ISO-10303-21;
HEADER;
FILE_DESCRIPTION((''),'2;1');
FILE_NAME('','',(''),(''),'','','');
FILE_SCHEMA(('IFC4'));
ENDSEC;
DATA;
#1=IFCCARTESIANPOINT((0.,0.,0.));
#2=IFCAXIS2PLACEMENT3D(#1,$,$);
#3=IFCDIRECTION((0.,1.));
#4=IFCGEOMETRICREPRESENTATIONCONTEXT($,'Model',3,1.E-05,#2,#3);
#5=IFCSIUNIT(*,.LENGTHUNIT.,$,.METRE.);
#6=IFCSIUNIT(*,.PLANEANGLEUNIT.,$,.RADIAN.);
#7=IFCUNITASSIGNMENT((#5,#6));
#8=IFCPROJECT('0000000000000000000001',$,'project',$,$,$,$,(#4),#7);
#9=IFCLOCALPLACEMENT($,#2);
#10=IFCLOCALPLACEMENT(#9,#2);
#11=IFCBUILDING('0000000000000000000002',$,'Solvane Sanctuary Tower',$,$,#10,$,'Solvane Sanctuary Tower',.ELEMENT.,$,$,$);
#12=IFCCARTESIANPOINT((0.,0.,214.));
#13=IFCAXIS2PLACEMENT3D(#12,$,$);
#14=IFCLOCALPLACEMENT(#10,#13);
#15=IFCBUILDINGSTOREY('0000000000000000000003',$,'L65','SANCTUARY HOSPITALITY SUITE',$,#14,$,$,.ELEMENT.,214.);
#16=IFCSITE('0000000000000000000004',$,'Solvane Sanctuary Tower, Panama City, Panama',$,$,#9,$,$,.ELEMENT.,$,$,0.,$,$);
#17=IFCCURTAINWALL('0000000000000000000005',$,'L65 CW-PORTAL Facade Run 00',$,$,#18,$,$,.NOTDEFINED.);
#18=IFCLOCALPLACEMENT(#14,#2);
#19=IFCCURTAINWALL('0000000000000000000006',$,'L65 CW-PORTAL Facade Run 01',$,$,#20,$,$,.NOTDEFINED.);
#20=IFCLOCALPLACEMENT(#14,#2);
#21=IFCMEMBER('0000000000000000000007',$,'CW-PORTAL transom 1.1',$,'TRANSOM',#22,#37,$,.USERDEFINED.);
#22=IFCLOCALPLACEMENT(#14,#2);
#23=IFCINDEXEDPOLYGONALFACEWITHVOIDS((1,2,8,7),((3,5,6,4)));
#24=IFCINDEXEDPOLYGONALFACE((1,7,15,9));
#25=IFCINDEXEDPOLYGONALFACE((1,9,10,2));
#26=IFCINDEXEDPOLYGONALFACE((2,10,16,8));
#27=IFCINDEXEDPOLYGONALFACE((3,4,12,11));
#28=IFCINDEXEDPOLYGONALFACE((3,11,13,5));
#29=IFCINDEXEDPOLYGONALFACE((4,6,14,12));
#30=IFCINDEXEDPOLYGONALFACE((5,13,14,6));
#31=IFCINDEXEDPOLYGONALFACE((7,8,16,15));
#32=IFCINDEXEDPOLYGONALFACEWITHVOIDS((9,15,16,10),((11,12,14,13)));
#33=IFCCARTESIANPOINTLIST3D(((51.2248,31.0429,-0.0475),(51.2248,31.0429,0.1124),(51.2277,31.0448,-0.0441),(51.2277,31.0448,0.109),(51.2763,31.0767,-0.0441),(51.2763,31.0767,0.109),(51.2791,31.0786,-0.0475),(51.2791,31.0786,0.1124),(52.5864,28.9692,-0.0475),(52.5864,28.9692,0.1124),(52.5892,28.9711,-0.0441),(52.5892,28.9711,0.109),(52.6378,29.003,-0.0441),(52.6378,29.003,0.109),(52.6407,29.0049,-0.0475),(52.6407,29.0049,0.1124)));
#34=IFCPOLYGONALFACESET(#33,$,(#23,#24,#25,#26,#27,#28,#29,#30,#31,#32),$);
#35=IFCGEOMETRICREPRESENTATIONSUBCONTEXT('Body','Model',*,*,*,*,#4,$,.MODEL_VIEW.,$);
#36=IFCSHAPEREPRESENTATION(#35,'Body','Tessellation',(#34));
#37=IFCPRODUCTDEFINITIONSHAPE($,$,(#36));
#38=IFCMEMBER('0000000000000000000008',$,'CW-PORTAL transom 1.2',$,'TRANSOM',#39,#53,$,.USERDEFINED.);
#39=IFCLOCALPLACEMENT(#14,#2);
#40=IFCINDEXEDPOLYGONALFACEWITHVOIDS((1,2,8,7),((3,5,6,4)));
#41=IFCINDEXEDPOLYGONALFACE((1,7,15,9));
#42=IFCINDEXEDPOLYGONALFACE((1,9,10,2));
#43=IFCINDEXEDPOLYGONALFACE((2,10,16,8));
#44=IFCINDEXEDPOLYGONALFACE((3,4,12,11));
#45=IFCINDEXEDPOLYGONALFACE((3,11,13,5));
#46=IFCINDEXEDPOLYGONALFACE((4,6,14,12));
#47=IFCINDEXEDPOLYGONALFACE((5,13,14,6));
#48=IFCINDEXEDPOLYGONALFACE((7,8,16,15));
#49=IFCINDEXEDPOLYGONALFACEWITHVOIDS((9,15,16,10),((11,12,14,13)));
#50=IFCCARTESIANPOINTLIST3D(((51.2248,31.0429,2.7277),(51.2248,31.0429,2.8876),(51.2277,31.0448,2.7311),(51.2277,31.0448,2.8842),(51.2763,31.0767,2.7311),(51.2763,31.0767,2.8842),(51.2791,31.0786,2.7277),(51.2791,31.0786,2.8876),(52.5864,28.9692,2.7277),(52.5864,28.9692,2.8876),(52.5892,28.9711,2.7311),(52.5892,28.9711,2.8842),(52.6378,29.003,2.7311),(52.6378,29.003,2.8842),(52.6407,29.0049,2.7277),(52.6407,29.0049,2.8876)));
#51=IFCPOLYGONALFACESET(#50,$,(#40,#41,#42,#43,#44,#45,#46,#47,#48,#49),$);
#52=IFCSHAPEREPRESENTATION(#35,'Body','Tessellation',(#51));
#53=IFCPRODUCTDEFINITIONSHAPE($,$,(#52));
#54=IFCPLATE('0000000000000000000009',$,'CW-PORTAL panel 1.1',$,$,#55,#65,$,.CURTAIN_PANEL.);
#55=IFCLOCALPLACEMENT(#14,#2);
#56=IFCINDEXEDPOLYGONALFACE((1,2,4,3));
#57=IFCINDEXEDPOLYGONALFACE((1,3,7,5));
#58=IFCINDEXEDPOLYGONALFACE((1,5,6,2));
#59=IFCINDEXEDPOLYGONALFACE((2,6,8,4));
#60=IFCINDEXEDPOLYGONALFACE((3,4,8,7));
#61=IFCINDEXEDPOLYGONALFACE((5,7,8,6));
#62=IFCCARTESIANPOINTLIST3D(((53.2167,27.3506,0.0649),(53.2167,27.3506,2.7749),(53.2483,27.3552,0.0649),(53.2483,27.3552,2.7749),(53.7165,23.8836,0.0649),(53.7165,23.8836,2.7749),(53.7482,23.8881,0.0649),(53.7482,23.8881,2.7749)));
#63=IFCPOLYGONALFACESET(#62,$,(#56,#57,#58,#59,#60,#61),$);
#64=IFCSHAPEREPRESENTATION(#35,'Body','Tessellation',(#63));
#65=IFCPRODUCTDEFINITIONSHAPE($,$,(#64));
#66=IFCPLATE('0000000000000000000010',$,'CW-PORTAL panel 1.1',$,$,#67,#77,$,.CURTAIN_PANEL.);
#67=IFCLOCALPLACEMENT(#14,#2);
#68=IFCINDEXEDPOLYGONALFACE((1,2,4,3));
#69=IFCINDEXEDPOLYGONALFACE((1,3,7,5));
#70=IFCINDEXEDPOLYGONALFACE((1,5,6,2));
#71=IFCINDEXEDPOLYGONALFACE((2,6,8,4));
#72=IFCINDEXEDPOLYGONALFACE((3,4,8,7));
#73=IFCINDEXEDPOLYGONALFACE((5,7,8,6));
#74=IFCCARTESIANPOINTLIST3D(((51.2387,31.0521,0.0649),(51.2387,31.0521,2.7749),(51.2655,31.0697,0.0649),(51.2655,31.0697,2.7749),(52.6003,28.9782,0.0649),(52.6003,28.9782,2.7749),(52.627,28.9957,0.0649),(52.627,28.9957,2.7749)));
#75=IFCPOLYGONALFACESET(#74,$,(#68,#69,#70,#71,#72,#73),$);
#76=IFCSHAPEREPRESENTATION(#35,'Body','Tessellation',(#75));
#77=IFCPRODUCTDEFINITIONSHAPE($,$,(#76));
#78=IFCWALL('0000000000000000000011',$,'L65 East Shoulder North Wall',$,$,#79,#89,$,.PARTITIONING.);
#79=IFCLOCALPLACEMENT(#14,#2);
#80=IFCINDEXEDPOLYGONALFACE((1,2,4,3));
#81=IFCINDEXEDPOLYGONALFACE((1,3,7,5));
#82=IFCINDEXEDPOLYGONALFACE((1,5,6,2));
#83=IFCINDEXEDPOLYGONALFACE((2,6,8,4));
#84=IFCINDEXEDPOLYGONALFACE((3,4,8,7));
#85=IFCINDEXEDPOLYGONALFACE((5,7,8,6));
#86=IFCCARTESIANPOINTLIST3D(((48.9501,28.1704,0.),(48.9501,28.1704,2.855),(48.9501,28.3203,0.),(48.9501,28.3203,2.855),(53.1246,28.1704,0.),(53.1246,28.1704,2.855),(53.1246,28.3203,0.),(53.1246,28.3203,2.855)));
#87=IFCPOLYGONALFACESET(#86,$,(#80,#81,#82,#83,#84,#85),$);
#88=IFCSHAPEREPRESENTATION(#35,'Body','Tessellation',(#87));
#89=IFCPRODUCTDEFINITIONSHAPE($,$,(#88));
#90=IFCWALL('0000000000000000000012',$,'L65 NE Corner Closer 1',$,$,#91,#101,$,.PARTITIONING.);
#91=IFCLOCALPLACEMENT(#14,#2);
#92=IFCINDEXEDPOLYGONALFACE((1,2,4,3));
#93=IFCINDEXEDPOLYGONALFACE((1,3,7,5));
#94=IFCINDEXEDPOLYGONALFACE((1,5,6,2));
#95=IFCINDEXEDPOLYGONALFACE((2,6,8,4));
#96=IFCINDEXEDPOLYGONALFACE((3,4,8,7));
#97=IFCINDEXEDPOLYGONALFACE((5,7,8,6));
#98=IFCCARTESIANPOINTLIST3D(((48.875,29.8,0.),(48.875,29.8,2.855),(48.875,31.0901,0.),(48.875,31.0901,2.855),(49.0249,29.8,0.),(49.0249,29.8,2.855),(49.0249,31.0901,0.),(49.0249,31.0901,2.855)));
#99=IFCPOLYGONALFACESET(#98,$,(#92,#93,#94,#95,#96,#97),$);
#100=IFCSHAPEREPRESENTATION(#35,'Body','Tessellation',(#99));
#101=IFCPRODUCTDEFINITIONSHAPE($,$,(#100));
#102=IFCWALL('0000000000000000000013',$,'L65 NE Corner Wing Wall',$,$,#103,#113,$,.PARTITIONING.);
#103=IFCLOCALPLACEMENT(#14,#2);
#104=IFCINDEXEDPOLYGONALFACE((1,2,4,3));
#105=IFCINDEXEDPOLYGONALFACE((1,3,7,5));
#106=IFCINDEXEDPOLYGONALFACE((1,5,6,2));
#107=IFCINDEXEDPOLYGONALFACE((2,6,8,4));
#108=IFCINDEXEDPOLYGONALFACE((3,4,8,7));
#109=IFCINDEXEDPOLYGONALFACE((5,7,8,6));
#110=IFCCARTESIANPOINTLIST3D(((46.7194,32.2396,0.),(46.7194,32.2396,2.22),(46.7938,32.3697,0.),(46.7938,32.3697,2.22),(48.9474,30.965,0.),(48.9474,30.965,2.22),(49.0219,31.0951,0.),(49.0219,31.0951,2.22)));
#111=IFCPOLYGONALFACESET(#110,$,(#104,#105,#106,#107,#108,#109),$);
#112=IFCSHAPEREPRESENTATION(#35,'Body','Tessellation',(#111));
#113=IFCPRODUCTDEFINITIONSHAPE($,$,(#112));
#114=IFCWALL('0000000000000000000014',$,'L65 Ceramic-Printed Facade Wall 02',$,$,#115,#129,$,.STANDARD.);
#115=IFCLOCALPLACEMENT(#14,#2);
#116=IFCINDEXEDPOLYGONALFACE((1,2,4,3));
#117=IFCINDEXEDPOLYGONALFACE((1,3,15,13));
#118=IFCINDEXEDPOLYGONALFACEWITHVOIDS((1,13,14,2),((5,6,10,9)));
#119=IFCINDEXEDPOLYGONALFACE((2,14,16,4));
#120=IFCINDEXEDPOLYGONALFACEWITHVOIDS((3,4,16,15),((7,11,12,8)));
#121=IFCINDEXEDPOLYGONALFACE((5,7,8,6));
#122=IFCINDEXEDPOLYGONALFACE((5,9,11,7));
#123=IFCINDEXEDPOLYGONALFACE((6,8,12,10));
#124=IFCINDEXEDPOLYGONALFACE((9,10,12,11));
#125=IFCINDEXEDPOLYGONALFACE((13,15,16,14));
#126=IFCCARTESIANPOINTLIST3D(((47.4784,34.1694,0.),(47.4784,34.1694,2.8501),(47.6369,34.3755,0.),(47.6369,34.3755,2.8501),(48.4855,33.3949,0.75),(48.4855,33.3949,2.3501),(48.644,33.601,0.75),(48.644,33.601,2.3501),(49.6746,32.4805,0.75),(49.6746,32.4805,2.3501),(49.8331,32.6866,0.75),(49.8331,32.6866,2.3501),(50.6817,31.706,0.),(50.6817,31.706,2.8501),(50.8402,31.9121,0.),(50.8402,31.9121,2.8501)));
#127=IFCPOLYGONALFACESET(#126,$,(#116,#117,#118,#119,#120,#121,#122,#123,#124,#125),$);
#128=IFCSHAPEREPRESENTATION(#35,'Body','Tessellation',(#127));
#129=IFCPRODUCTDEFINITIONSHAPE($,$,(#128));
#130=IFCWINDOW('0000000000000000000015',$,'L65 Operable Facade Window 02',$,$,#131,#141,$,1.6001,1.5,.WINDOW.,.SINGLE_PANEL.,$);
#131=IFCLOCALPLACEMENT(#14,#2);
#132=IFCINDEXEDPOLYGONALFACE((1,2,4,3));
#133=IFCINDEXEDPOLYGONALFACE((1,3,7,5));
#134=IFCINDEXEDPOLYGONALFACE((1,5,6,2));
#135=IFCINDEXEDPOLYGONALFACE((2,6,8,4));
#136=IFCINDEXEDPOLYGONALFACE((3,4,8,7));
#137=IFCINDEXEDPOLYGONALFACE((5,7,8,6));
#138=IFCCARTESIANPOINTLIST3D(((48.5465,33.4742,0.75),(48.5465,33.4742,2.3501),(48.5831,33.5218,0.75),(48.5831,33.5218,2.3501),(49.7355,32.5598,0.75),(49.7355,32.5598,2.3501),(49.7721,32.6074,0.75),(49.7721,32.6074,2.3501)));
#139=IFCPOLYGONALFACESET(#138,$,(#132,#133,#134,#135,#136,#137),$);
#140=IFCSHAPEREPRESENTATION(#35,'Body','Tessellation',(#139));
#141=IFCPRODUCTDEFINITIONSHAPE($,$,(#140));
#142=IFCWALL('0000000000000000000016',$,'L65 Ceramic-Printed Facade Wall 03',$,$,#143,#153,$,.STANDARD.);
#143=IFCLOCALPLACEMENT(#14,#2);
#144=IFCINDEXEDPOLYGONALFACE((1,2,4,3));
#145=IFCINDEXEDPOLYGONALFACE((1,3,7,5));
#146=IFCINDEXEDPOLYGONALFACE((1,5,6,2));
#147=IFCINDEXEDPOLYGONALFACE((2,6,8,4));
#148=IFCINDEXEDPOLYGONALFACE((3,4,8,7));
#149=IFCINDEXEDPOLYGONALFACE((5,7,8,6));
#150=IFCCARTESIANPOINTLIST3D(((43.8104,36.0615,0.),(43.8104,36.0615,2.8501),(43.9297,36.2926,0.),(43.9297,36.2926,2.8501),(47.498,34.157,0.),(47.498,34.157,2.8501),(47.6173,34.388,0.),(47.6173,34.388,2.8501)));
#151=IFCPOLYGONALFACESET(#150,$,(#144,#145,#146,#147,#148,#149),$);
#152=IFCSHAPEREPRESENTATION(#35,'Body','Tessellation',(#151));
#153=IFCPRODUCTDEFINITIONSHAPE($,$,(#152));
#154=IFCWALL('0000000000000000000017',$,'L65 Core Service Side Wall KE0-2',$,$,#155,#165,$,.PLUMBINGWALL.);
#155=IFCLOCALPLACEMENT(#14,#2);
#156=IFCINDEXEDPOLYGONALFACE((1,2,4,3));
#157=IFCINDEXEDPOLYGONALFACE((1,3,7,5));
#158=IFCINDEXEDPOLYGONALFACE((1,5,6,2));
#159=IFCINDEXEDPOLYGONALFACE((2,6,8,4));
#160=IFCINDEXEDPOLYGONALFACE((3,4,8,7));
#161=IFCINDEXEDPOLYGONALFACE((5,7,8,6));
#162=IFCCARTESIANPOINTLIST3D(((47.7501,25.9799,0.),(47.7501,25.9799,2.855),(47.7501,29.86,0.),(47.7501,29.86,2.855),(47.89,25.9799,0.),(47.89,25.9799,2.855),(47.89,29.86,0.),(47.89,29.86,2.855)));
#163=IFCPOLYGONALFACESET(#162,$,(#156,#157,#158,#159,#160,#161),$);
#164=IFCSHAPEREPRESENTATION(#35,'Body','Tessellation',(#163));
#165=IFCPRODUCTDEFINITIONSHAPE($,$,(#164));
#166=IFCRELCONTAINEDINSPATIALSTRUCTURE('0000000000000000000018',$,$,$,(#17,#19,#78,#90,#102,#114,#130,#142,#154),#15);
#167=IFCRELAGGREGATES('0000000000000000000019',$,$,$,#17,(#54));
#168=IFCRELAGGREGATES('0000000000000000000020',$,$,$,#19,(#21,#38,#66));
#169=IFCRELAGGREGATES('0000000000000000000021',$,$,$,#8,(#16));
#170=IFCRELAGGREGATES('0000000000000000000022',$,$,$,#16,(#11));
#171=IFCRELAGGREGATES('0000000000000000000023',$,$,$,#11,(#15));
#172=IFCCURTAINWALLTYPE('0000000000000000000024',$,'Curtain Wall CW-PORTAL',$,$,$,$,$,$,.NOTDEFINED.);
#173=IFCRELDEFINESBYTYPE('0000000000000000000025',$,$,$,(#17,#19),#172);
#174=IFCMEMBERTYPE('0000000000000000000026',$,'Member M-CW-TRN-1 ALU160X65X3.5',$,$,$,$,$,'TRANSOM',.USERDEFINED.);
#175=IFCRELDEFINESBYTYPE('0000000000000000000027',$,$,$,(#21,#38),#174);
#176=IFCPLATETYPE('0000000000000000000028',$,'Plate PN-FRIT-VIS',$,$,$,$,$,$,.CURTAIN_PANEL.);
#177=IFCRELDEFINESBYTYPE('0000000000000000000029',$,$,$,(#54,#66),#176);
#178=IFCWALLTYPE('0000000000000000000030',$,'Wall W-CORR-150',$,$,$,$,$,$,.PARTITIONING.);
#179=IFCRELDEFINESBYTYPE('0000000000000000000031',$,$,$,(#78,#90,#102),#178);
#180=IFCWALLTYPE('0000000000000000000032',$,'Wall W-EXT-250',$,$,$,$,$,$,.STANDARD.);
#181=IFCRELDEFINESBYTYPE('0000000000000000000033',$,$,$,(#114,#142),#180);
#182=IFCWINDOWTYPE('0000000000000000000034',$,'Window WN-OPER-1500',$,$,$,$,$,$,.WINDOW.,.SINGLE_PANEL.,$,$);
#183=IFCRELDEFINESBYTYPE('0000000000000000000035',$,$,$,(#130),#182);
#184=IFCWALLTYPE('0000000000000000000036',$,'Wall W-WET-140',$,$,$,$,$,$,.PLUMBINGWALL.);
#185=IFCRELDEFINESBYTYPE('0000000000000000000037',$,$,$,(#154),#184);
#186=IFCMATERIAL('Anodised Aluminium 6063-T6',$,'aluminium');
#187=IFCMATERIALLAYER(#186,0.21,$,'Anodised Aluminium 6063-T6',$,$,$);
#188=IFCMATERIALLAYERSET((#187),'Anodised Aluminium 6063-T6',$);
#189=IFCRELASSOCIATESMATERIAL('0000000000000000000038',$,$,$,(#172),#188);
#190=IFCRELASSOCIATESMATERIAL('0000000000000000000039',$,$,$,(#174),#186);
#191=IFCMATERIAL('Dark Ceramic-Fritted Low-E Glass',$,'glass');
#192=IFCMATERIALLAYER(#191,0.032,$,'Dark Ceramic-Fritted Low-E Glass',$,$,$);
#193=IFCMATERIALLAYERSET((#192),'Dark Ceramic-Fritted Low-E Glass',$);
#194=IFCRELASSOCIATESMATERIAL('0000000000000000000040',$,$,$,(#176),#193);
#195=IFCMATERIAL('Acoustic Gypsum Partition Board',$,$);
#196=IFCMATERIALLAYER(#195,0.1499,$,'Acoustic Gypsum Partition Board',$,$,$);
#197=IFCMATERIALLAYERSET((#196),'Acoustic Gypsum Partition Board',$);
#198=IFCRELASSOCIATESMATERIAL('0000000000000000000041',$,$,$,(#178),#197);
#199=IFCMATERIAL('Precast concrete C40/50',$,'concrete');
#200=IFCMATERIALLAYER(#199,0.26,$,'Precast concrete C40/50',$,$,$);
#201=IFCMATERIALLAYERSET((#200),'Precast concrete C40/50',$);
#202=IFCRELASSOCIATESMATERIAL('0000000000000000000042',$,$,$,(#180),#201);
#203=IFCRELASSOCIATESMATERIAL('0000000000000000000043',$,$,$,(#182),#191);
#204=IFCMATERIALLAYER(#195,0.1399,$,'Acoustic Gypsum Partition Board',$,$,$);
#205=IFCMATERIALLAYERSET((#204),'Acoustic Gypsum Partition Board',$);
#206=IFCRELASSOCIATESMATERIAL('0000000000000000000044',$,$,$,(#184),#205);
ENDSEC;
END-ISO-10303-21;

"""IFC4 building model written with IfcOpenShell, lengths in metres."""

from ifc_helpers import new_model, si_unit, direction, frame, frame_2d, origin, origin_2d, place, context, subcontext, project, spatial, rectangle, hollow_rectangle, extrude, material, layer, layer_set, material_profile, profile_set, type_object, element, fill, aggregate, save


model = new_model("IFC4")

# Units and contexts
model_context = context("Model", 3, precision=1e-05, world=origin(), true_north=direction((0.0, 1.0)))
body_context = subcontext(model_context, "Body", "Model", "MODEL_VIEW")
ifc_project = project(units=[si_unit("LENGTHUNIT", "METRE"), si_unit("PLANEANGLEUNIT", "RADIAN")], contexts=[model_context])

# Site, building, storey
site_placement = place(None, origin())
site = spatial("IfcSite", under=ifc_project, at=site_placement, Name="Solvane Sanctuary Tower, Panama City, Panama", CompositionType="ELEMENT", RefElevation=0.0)
building_placement = place(site_placement, origin())
building = spatial("IfcBuilding", under=site, at=building_placement, Name="Solvane Sanctuary Tower", LongName="Solvane Sanctuary Tower", CompositionType="ELEMENT")
storey_placement = place(building_placement, frame((0.0, 0.0, 214.0)))
storey = spatial("IfcBuildingStorey", under=building, at=storey_placement, Name="L65", Description="SANCTUARY HOSPITALITY SUITE", CompositionType="ELEMENT", Elevation=214.0)

# Curtain walls
ifc_material_1 = material(Name="Anodised Aluminium 6063-T6", Category="aluminium")
ifc_layer_1 = layer(ifc_material_1, 0.21, Name="Anodised Aluminium 6063-T6")
ifc_layer_set_1 = layer_set([ifc_layer_1], Name="Anodised Aluminium 6063-T6")
curtain_wall_type = type_object("IfcCurtainWallType", Name="Curtain Wall CW-PORTAL", PredefinedType="NOTDEFINED", material=ifc_layer_set_1)
curtain_wall_1_placement = place(storey_placement, origin())
curtain_wall_1 = element("IfcCurtainWall", 1, at=curtain_wall_1_placement, inside=storey, type_object=curtain_wall_type, Name="L65 CW-PORTAL Facade Run 00", PredefinedType="NOTDEFINED")
curtain_wall_2_placement = place(storey_placement, origin())
curtain_wall_2 = element("IfcCurtainWall", 2, at=curtain_wall_2_placement, inside=storey, type_object=curtain_wall_type, Name="L65 CW-PORTAL Facade Run 01", PredefinedType="NOTDEFINED")

# Members
ifc_material_profile_1 = material_profile(ifc_material_1, hollow_rectangle(XDim=0.0649, YDim=0.1599, WallThickness=0.0034, at=origin_2d()), Name="ALU160X65X3.5")
ifc_profile_set_1 = profile_set([ifc_material_profile_1], Name="Anodised Aluminium 6063-T6")
member_type_1 = type_object("IfcMemberType", Name="Member M-CW-TRN-1 ALU160X65X3.5", ElementType="TRANSOM", PredefinedType="USERDEFINED", material=ifc_profile_set_1)
member_1_placement = place(storey_placement, frame((52.6135, 28.9871, 0.0325), z_axis=(-0.54885, 0.835921, 0.0), x_axis=(-0.835921, -0.54885, 0.0)))
member_1 = element("IfcMember", 3, at=member_1_placement, type_object=member_type_1, Name="CW-PORTAL transom 1.1", ObjectType="TRANSOM", PredefinedType="USERDEFINED", context=body_context, shape_type="SweptSolid", body=[
    extrude(hollow_rectangle(XDim=0.0649, YDim=0.1599, WallThickness=0.0034, at=origin_2d()), origin(), (0.0, 0.0, 1.0), 2.4807),
])
member_2_placement = place(storey_placement, frame((52.6135, 28.9871, 2.8076), z_axis=(-0.54885, 0.835921, 0.0), x_axis=(-0.835921, -0.54885, 0.0)))
member_2 = element("IfcMember", 4, at=member_2_placement, type_object=member_type_1, Name="CW-PORTAL transom 1.2", ObjectType="TRANSOM", PredefinedType="USERDEFINED", context=body_context, shape_type="SweptSolid", body=[
    extrude(hollow_rectangle(XDim=0.0649, YDim=0.1599, WallThickness=0.0034, at=origin_2d()), origin(), (0.0, 0.0, 1.0), 2.4807),
])

# Plates
ifc_material_2 = material(Name="Dark Ceramic-Fritted Low-E Glass", Category="glass")
ifc_layer_2 = layer(ifc_material_2, 0.032, Name="Dark Ceramic-Fritted Low-E Glass")
ifc_layer_set_2 = layer_set([ifc_layer_2], Name="Dark Ceramic-Fritted Low-E Glass")
plate_type = type_object("IfcPlateType", Name="Plate PN-FRIT-VIS", PredefinedType="CURTAIN_PANEL", material=ifc_layer_set_2)
plate_1_placement = place(storey_placement, frame((53.4824, 25.6194, 0.0649), z_axis=(0.0, 0.0, 1.0), x_axis=(-0.142705, 0.989765, 0.0)))
plate_1 = element("IfcPlate", 5, at=plate_1_placement, type_object=plate_type, Name="CW-PORTAL panel 1.1", PredefinedType="CURTAIN_PANEL", context=body_context, shape_type="SweptSolid", body=[
    extrude(rectangle(XDim=3.5029, YDim=0.032, at=origin_2d()), origin(), (0.0, 0.0, 1.0), 2.71),
])
aggregate(curtain_wall_1, [plate_1])
plate_2_placement = place(storey_placement, frame((51.9329, 30.0239, 0.0649), z_axis=(0.0, 0.0, 1.0), x_axis=(-0.548792, 0.835959, 0.0)))
plate_2 = element("IfcPlate", 6, at=plate_2_placement, type_object=plate_type, Name="CW-PORTAL panel 1.1", PredefinedType="CURTAIN_PANEL", context=body_context, shape_type="SweptSolid", body=[
    extrude(rectangle(XDim=2.481, YDim=0.032, at=origin_2d()), origin(), (0.0, 0.0, 1.0), 2.71),
])
aggregate(curtain_wall_2, [member_1, member_2, plate_2])

# Walls
ifc_material_3 = material(Name="Acoustic Gypsum Partition Board")
ifc_layer_3 = layer(ifc_material_3, 0.1499, Name="Acoustic Gypsum Partition Board")
ifc_layer_set_3 = layer_set([ifc_layer_3], Name="Acoustic Gypsum Partition Board")
wall_type_1 = type_object("IfcWallType", Name="Wall W-CORR-150", PredefinedType="PARTITIONING", material=ifc_layer_set_3)
wall_1_placement = place(storey_placement, frame((48.95, 28.2454, 0.0), z_axis=(0.0, 0.0, 1.0), x_axis=(1.0, 0.0, 0.0)))
element("IfcWall", 7, at=wall_1_placement, inside=storey, type_object=wall_type_1, Name="L65 East Shoulder North Wall", PredefinedType="PARTITIONING", context=body_context, shape_type="SweptSolid", body=[
    extrude(rectangle(XDim=4.1746, YDim=0.1499, at=frame_2d((2.0874, 0.0))), origin(), (0.0, 0.0, 1.0), 2.855),
])
wall_2_placement = place(storey_placement, frame((48.95, 29.8, 0.0), z_axis=(0.0, 0.0, 1.0), x_axis=(0.0, 1.0, 0.0)))
element("IfcWall", 8, at=wall_2_placement, inside=storey, type_object=wall_type_1, Name="L65 NE Corner Closer 1", PredefinedType="PARTITIONING", context=body_context, shape_type="SweptSolid", body=[
    extrude(rectangle(XDim=1.29, YDim=0.1499, at=frame_2d((0.645, 0.0))), origin(), (0.0, 0.0, 1.0), 2.855),
])
wall_3_placement = place(storey_placement, frame((46.7566, 32.3047, 0.0), z_axis=(0.0, 0.0, 1.0), x_axis=(0.867991, -0.496579, 0.0)))
element("IfcWall", 9, at=wall_3_placement, inside=storey, type_object=wall_type_1, Name="L65 NE Corner Wing Wall", PredefinedType="PARTITIONING", context=body_context, shape_type="SweptSolid", body=[
    extrude(rectangle(XDim=2.5669, YDim=0.1499, at=frame_2d((1.2834, 0.0))), origin(), (0.0, 0.0, 1.0), 2.22),
])

# Wall, opening, window
ifc_material_4 = material(Name="Precast concrete C40/50", Category="concrete")
ifc_layer_4 = layer(ifc_material_4, 0.26, Name="Precast concrete C40/50")
ifc_layer_set_4 = layer_set([ifc_layer_4], Name="Precast concrete C40/50")
wall_type_2 = type_object("IfcWallType", Name="Wall W-EXT-250", PredefinedType="STANDARD", material=ifc_layer_set_4)
wall_4_placement = place(storey_placement, frame((50.761, 31.8091, 0.0), z_axis=(0.0, 0.0, 1.0), x_axis=(-0.792714, 0.609594, 0.0)))
wall_4 = element("IfcWall", 10, at=wall_4_placement, inside=storey, type_object=wall_type_2, Name="L65 Ceramic-Printed Facade Wall 02", PredefinedType="STANDARD", context=body_context, shape_type="SweptSolid", body=[
    extrude(rectangle(XDim=4.041, YDim=0.26, at=frame_2d((2.0205, 0.0))), origin(), (0.0, 0.0, 1.0), 2.8501),
])
opening_placement = place(wall_4_placement, frame((1.2705, 0.0, 0.75)))
opening = element("IfcOpeningElement", 11, at=opening_placement, cuts=wall_4, PredefinedType="OPENING", context=body_context, shape_type="SweptSolid", body=[
    extrude(rectangle(XDim=1.5, YDim=1.6001, at=frame_2d((0.75, 0.8))), frame((0.0, 0.1399, 0.0), z_axis=(0.0, -1.0, 0.0), x_axis=(1.0, 0.0, 0.0)), (0.0, 0.0, 1.0), 0.28),
])
window_type = type_object("IfcWindowType", Name="Window WN-OPER-1500", PartitioningType="SINGLE_PANEL", PredefinedType="WINDOW", material=ifc_material_2)
window_placement = place(opening_placement, origin())
window = element("IfcWindow", 12, at=window_placement, inside=storey, type_object=window_type, Name="L65 Operable Facade Window 02", OverallHeight=1.6001, OverallWidth=1.5, PartitioningType="SINGLE_PANEL", PredefinedType="WINDOW", context=body_context, shape_type="SweptSolid", body=[
    extrude(rectangle(XDim=1.5, YDim=1.6001, at=frame_2d((0.75, 0.8))), frame((0.0, 0.03, 0.0), z_axis=(0.0, -1.0, 0.0), x_axis=(1.0, 0.0, 0.0)), (0.0, 0.0, 1.0), 0.0601),
])
fill(opening, window)

# Walls
wall_5_placement = place(storey_placement, frame((47.5576, 34.2725, 0.0), z_axis=(0.0, 0.0, 1.0), x_axis=(-0.888491, 0.458893, 0.0)))
element("IfcWall", 13, at=wall_5_placement, inside=storey, type_object=wall_type_2, Name="L65 Ceramic-Printed Facade Wall 03", PredefinedType="STANDARD", context=body_context, shape_type="SweptSolid", body=[
    extrude(rectangle(XDim=4.1504, YDim=0.26, at=frame_2d((2.0752, 0.0))), origin(), (0.0, 0.0, 1.0), 2.8501),
])
ifc_layer_5 = layer(ifc_material_3, 0.1399, Name="Acoustic Gypsum Partition Board")
ifc_layer_set_5 = layer_set([ifc_layer_5], Name="Acoustic Gypsum Partition Board")
wall_type_3 = type_object("IfcWallType", Name="Wall W-WET-140", PredefinedType="PLUMBINGWALL", material=ifc_layer_set_5)
wall_6_placement = place(storey_placement, frame((47.8201, 25.98, 0.0), z_axis=(0.0, 0.0, 1.0), x_axis=(0.0, 1.0, 0.0)))
element("IfcWall", 14, at=wall_6_placement, inside=storey, type_object=wall_type_3, Name="L65 Core Service Side Wall KE0-2", PredefinedType="PLUMBINGWALL", context=body_context, shape_type="SweptSolid", body=[
    extrude(rectangle(XDim=3.8801, YDim=0.1399, at=frame_2d((1.9399, 0.0))), origin(), (0.0, 0.0, 1.0), 2.855),
])

save(model, "model.ifc")
